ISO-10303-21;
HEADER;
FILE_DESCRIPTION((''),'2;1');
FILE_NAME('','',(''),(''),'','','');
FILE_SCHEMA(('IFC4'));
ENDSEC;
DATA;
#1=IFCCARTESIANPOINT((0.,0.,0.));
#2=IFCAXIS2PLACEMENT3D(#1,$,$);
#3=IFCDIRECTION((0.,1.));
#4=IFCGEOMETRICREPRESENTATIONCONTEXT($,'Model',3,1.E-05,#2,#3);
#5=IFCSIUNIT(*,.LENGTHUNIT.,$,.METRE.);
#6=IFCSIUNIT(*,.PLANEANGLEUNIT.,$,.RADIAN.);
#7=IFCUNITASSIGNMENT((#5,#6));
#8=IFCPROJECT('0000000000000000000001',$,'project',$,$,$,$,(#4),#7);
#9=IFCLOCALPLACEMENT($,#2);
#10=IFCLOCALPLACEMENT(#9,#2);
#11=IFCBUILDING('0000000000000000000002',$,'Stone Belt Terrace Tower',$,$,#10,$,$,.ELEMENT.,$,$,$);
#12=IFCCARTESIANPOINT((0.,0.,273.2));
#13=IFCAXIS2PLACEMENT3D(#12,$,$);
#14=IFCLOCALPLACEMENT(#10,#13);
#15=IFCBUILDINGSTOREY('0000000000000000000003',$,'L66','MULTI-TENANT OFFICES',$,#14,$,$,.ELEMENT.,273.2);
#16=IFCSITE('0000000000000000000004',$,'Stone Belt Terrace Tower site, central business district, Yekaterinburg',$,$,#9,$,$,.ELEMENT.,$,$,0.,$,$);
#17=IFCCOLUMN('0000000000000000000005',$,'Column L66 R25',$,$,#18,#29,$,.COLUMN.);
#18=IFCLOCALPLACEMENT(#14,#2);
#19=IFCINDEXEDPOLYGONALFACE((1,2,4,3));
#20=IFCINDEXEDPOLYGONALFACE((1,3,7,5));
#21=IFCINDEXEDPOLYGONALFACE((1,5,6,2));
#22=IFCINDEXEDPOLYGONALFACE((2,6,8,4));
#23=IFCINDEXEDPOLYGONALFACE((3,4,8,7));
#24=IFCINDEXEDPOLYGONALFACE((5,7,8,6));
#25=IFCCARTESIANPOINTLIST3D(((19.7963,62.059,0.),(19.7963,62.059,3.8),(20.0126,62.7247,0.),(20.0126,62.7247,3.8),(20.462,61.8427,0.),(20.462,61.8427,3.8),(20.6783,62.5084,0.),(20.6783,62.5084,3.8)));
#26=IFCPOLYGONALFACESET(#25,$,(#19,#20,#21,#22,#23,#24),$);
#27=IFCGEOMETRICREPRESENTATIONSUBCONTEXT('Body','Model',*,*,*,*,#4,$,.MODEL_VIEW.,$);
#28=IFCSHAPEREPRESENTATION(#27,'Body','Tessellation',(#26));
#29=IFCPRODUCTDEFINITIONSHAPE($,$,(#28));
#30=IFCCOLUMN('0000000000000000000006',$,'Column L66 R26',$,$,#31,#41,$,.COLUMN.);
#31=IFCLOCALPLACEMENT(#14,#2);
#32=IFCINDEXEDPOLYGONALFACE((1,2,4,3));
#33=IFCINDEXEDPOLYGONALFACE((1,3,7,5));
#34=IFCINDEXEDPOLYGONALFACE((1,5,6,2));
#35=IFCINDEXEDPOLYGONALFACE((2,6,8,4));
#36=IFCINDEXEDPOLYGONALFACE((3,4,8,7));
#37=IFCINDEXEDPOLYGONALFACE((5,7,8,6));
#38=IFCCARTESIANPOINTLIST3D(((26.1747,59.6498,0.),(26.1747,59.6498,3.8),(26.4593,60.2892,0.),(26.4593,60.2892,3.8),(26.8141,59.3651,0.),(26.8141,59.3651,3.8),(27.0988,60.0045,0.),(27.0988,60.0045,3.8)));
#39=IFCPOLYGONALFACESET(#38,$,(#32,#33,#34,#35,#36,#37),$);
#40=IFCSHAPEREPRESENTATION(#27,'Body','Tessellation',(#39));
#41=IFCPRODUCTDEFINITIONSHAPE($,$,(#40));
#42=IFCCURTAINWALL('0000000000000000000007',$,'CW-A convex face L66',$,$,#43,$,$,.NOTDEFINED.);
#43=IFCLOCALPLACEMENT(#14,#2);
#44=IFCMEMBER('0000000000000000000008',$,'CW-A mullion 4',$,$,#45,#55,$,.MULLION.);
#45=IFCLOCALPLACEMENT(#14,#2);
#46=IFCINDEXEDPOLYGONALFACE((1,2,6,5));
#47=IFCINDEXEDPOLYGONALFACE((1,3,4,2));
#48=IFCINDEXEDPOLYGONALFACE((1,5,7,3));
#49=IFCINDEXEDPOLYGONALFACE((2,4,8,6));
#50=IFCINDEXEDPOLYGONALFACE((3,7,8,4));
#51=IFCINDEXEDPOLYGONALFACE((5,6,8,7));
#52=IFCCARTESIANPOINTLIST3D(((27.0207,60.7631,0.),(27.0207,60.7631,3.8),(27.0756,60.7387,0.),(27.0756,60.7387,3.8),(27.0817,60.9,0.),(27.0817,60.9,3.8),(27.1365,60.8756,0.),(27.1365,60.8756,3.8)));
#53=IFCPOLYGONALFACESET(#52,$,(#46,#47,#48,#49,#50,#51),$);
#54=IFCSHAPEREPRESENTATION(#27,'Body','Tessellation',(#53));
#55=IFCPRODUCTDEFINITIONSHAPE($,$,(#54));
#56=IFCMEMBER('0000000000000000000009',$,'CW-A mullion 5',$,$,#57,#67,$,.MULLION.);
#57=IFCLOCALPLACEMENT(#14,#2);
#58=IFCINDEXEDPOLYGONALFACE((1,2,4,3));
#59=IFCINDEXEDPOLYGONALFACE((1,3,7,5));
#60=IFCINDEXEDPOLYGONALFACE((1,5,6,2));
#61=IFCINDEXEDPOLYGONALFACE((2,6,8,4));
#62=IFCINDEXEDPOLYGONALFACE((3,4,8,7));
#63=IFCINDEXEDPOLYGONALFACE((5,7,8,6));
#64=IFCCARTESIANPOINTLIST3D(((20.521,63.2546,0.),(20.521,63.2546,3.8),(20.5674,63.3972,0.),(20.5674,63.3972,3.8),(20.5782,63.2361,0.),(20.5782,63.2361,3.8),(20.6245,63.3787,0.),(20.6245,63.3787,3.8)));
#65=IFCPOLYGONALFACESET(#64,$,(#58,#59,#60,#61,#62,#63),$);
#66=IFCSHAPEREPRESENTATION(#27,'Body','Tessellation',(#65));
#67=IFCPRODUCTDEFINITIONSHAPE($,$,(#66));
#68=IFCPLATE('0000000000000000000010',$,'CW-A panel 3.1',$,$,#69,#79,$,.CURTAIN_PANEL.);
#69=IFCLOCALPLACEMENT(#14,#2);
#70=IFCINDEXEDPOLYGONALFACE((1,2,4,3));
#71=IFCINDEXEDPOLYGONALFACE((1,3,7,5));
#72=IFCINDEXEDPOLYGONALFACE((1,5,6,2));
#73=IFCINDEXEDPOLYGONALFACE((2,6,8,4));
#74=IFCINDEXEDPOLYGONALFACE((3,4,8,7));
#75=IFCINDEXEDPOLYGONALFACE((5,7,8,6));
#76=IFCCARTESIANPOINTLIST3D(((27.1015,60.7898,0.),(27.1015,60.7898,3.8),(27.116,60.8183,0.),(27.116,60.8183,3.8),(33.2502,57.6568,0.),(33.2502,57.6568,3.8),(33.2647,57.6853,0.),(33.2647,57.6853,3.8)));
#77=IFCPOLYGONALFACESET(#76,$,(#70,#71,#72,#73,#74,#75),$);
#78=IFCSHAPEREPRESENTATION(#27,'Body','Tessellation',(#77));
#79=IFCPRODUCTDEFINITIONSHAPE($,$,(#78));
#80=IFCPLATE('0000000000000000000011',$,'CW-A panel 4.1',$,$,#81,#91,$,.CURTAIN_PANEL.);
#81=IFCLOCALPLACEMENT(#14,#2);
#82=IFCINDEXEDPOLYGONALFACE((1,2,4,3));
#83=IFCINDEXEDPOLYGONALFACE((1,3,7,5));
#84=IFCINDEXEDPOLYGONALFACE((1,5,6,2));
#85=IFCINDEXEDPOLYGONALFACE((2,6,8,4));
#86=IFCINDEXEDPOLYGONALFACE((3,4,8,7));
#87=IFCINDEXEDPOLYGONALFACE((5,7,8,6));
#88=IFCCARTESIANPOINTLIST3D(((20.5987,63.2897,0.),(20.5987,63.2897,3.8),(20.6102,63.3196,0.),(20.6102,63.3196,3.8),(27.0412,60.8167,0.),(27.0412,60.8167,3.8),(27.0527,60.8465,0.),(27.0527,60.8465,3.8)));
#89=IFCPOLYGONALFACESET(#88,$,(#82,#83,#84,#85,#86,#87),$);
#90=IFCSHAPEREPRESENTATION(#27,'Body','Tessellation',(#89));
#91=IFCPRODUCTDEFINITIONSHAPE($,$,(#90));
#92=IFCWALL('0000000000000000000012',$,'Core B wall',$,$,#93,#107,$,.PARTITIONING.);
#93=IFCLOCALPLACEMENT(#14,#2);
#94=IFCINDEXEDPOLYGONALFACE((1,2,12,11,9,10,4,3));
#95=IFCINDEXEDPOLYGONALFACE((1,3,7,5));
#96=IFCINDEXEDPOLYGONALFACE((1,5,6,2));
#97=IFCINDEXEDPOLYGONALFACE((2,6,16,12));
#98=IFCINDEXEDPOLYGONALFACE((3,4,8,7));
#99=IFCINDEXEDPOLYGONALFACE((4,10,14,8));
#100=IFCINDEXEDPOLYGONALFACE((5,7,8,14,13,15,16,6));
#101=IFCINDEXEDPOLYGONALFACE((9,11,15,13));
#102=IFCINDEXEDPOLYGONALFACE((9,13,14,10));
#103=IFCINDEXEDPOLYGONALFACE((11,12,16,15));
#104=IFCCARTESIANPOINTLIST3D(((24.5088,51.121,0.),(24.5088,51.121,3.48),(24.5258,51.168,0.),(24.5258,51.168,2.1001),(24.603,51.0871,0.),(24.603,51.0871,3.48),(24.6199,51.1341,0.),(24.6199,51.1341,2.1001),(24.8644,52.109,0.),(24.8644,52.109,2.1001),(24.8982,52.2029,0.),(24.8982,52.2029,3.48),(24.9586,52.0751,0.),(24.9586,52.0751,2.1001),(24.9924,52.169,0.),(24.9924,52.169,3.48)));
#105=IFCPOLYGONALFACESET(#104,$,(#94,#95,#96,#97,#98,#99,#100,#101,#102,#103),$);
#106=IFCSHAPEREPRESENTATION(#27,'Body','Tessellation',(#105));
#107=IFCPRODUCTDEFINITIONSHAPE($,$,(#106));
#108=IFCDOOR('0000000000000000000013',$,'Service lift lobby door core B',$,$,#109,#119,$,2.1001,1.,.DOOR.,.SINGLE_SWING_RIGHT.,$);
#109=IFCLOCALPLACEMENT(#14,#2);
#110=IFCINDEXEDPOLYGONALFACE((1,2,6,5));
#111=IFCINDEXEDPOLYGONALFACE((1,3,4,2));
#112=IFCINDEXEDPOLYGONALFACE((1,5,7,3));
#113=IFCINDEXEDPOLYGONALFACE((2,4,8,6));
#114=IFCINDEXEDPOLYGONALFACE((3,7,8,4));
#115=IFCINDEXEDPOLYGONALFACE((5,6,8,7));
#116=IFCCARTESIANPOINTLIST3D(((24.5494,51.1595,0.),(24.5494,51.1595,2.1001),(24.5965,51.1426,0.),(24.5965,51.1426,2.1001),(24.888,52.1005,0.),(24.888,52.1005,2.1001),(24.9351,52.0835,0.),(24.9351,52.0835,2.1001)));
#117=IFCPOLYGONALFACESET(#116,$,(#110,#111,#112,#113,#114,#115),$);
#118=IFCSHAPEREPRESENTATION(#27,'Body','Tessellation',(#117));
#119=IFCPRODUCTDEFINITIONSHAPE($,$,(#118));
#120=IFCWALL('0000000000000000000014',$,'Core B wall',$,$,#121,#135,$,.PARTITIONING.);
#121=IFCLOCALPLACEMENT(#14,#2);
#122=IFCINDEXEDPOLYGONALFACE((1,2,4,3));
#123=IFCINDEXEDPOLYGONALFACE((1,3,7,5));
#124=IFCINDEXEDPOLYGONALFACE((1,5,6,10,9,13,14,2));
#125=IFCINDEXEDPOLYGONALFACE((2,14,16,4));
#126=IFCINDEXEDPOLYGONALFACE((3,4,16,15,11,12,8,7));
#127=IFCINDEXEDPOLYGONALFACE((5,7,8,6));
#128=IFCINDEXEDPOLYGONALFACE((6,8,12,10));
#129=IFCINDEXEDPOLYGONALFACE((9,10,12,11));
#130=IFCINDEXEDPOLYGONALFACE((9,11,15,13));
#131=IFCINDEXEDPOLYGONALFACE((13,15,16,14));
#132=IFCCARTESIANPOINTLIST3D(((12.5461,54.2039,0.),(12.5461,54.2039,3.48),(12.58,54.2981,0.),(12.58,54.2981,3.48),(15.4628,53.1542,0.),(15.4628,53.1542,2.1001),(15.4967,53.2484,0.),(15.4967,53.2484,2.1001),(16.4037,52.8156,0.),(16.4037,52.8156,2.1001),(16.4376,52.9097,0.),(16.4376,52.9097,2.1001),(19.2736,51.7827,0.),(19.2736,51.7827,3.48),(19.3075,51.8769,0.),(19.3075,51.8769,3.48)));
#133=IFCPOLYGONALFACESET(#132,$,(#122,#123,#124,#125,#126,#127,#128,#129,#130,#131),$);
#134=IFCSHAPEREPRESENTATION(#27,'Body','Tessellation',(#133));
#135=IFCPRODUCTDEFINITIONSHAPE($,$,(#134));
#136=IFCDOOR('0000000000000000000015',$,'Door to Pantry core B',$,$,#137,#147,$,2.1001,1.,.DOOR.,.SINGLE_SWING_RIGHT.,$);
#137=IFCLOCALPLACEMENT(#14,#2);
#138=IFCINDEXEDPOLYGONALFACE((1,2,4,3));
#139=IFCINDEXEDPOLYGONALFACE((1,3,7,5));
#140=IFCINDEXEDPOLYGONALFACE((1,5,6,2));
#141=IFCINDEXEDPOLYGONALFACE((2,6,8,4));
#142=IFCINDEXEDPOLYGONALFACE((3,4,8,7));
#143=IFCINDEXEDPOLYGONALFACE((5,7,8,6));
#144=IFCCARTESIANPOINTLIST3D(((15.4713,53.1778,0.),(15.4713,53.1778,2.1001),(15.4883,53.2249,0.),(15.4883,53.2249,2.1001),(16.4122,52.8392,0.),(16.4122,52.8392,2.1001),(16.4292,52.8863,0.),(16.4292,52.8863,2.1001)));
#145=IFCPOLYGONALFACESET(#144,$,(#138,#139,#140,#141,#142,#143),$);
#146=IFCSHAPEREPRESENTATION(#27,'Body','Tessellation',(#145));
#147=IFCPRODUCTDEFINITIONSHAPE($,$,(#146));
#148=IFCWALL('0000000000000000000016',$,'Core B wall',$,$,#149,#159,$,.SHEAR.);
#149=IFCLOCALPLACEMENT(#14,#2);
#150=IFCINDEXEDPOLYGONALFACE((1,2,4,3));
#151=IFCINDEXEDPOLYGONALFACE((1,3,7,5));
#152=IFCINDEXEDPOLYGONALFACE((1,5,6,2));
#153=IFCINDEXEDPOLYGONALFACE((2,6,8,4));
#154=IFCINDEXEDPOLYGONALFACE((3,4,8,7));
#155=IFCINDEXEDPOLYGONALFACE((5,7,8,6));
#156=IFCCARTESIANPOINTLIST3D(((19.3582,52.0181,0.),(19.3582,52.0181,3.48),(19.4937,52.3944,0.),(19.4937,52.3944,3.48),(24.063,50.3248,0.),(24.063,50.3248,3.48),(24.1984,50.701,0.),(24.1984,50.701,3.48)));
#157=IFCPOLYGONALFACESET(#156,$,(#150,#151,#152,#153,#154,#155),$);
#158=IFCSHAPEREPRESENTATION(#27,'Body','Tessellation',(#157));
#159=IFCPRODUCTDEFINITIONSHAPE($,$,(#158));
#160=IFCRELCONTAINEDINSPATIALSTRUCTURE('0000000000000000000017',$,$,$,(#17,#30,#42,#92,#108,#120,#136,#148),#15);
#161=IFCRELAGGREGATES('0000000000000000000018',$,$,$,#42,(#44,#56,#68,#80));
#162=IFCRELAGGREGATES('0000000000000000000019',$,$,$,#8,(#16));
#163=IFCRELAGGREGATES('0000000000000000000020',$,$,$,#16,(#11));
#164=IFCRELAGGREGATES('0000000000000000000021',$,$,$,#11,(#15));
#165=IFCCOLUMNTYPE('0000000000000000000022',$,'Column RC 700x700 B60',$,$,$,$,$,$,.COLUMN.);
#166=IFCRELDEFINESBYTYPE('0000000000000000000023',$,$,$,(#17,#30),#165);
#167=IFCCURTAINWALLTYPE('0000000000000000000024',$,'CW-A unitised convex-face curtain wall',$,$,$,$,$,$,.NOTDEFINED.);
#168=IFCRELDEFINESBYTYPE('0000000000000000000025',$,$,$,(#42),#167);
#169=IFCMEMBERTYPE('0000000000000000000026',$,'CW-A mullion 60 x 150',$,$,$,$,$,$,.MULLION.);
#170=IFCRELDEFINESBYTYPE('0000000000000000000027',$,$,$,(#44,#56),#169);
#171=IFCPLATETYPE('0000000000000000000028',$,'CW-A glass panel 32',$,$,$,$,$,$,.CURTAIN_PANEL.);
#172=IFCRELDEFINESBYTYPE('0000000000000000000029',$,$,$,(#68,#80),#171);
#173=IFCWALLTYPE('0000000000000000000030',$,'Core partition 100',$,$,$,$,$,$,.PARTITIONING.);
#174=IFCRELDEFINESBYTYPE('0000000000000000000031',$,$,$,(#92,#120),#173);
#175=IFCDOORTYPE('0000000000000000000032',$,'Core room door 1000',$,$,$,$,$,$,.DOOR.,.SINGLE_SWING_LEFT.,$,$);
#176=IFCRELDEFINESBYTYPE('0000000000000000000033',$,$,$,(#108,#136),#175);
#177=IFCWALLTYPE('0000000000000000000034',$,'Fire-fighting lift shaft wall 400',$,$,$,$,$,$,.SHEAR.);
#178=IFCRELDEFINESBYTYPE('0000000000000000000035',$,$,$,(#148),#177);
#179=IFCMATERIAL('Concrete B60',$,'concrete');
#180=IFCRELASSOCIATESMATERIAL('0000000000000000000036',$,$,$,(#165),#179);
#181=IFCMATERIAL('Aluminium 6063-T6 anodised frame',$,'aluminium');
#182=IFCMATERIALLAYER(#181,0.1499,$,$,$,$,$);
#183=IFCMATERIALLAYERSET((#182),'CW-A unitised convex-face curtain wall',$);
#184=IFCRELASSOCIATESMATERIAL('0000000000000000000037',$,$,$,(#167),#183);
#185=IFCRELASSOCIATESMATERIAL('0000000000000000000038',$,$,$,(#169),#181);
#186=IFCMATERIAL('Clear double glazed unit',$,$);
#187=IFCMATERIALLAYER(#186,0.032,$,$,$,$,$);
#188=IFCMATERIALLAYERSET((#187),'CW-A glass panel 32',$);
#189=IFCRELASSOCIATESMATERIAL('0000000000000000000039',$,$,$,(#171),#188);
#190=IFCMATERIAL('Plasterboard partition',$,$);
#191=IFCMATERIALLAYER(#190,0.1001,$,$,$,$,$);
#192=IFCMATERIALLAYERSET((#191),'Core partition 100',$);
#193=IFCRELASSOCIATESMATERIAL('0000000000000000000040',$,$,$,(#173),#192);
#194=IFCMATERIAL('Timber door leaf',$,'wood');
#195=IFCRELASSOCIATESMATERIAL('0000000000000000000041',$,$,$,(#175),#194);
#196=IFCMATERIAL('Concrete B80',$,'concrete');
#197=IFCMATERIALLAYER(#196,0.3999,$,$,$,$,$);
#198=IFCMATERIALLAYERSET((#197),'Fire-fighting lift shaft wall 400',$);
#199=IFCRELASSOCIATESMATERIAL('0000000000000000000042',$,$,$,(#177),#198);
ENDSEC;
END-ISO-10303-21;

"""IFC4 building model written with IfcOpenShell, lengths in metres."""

from ifc_helpers import new_model, si_unit, direction, frame, frame_2d, origin, origin_2d, place, context, subcontext, project, spatial, rectangle, extrude, material, layer, layer_set, material_profile, profile_set, type_object, element, fill, aggregate, save


model = new_model("IFC4")

# Units and contexts
model_context = context("Model", 3, precision=1e-05, world=origin(), true_north=direction((0.0, 1.0)))
body_context = subcontext(model_context, "Body", "Model", "MODEL_VIEW")
ifc_project = project(units=[si_unit("LENGTHUNIT", "METRE"), si_unit("PLANEANGLEUNIT", "RADIAN")], contexts=[model_context])

# Site, building, storey
site_placement = place(None, origin())
site = spatial("IfcSite", under=ifc_project, at=site_placement, Name="Stone Belt Terrace Tower site, central business district, Yekaterinburg", CompositionType="ELEMENT", RefElevation=0.0)
building_placement = place(site_placement, origin())
building = spatial("IfcBuilding", under=site, at=building_placement, Name="Stone Belt Terrace Tower", CompositionType="ELEMENT")
storey_placement = place(building_placement, frame((0.0, 0.0, 273.2)))
storey = spatial("IfcBuildingStorey", under=building, at=storey_placement, Name="L66", Description="MULTI-TENANT OFFICES", CompositionType="ELEMENT", Elevation=273.2)

# Columns
ifc_material_1 = material(Name="Concrete B60", Category="concrete")
ifc_material_profile_1 = material_profile(ifc_material_1, rectangle(XDim=0.7, YDim=0.7, at=origin_2d()), Name="RC 700x700")
ifc_profile_set_1 = profile_set([ifc_material_profile_1], Name="Concrete B60")
column_type = type_object("IfcColumnType", Name="Column RC 700x700 B60", PredefinedType="COLUMN", material=ifc_profile_set_1)
for number, where, z_axis, x_axis, name in (
    (1, (20.2373, 62.2837, 0.0), (0.0, 0.0, 1.0), (0.951057, -0.309017, 0.0), "Column L66 R25"),
    (2, (26.6367, 59.8271, 0.0), (0.0, 0.0, 1.0), (0.913545, -0.406737, 0.0), "Column L66 R26"),
):
    element("IfcColumn", number, at=place(storey_placement, frame(where, z_axis=z_axis, x_axis=x_axis)), inside=storey, type_object=column_type, Name=name, PredefinedType="COLUMN", context=body_context, shape_type="SweptSolid", body=[
        extrude(rectangle(XDim=0.7, YDim=0.7, at=origin_2d()), origin(), (0.0, 0.0, 1.0), 3.8),
    ])

# Curtain wall, members, plates
ifc_material_2 = material(Name="Aluminium 6063-T6 anodised frame", Category="aluminium")
ifc_layer_1 = layer(ifc_material_2, 0.1499)
ifc_layer_set_1 = layer_set([ifc_layer_1], Name="CW-A unitised convex-face curtain wall")
curtain_wall_type = type_object("IfcCurtainWallType", Name="CW-A unitised convex-face curtain wall", PredefinedType="NOTDEFINED", material=ifc_layer_set_1)
curtain_wall_placement = place(storey_placement, origin())
curtain_wall = element("IfcCurtainWall", 3, at=curtain_wall_placement, inside=storey, type_object=curtain_wall_type, Name="CW-A convex face L66", PredefinedType="NOTDEFINED")
ifc_material_profile_2 = material_profile(ifc_material_2, rectangle(XDim=0.1499, YDim=0.0601, at=origin_2d()), Name="Aluminium 6063-T6 60x150")
ifc_profile_set_2 = profile_set([ifc_material_profile_2], Name="Aluminium 6063-T6 anodised frame")
member_type = type_object("IfcMemberType", Name="CW-A mullion 60 x 150", PredefinedType="MULLION", material=ifc_profile_set_2)
member_1_placement = place(storey_placement, frame((27.0786, 60.8193, 0.0), z_axis=(0.0, 0.0, 1.0), x_axis=(-0.406737, -0.913545, 0.0)))
member_1 = element("IfcMember", 4, at=member_1_placement, type_object=member_type, Name="CW-A mullion 4", PredefinedType="MULLION", context=body_context, shape_type="SweptSolid", body=[
    extrude(rectangle(XDim=0.1499, YDim=0.0601, at=origin_2d()), origin(), (0.0, 0.0, 1.0), 3.8),
])
member_2_placement = place(storey_placement, frame((20.5728, 63.3167, 0.0), z_axis=(0.0, 0.0, 1.0), x_axis=(-0.309017, -0.951057, 0.0)))
member_2 = element("IfcMember", 5, at=member_2_placement, type_object=member_type, Name="CW-A mullion 5", PredefinedType="MULLION", context=body_context, shape_type="SweptSolid", body=[
    extrude(rectangle(XDim=0.1499, YDim=0.0601, at=origin_2d()), origin(), (0.0, 0.0, 1.0), 3.8),
])
ifc_material_3 = material(Name="Clear double glazed unit")
ifc_layer_2 = layer(ifc_material_3, 0.032)
ifc_layer_set_2 = layer_set([ifc_layer_2], Name="CW-A glass panel 32")
plate_type = type_object("IfcPlateType", Name="CW-A glass panel 32", PredefinedType="CURTAIN_PANEL", material=ifc_layer_set_2)
plate_1_placement = place(storey_placement, frame((30.1831, 59.2375, 0.0), z_axis=(0.0, 0.0, 1.0), x_axis=(-0.891007, 0.45399, 0.0)))
plate_1 = element("IfcPlate", 6, at=plate_1_placement, type_object=plate_type, Name="CW-A panel 3.1", PredefinedType="CURTAIN_PANEL", context=body_context, shape_type="SweptSolid", body=[
    extrude(rectangle(XDim=6.9009, YDim=0.032, at=origin_2d()), origin(), (0.0, 0.0, 1.0), 3.8),
])
plate_2_placement = place(storey_placement, frame((23.8257, 62.0681, 0.0), z_axis=(0.0, 0.0, 1.0), x_axis=(-0.93358, 0.358368, 0.0)))
plate_2 = element("IfcPlate", 7, at=plate_2_placement, type_object=plate_type, Name="CW-A panel 4.1", PredefinedType="CURTAIN_PANEL", context=body_context, shape_type="SweptSolid", body=[
    extrude(rectangle(XDim=6.9009, YDim=0.032, at=origin_2d()), origin(), (0.0, 0.0, 1.0), 3.8),
])
aggregate(curtain_wall, [member_1, member_2, plate_1, plate_2])

# Walls, openings, doors
ifc_material_4 = material(Name="Plasterboard partition")
ifc_layer_3 = layer(ifc_material_4, 0.1001)
ifc_layer_set_3 = layer_set([ifc_layer_3], Name="Core partition 100")
wall_type_1 = type_object("IfcWallType", Name="Core partition 100", PredefinedType="PARTITIONING", material=ifc_layer_set_3)
wall_1_placement = place(storey_placement, frame((24.5559, 51.104, 0.0), z_axis=(0.0, 0.0, 1.0), x_axis=(0.338622, 0.940923, 0.0)))
wall_1 = element("IfcWall", 8, at=wall_1_placement, inside=storey, type_object=wall_type_1, Name="Core B wall", PredefinedType="PARTITIONING", context=body_context, shape_type="SweptSolid", body=[
    extrude(rectangle(XDim=1.1499, YDim=0.1001, at=frame_2d((0.575, 0.0))), origin(), (0.0, 0.0, 1.0), 3.48),
])
opening_1_placement = place(wall_1_placement, frame((0.05, 0.0, 0.0)))
opening_1 = element("IfcOpeningElement", 9, at=opening_1_placement, cuts=wall_1, PredefinedType="OPENING", context=body_context, shape_type="SweptSolid", body=[
    extrude(rectangle(XDim=1.0, YDim=2.1001, at=frame_2d((0.5, 1.05))), frame((0.0, 0.0601, 0.0), z_axis=(0.0, -1.0, 0.0), x_axis=(1.0, 0.0, 0.0)), (0.0, 0.0, 1.0), 0.1201),
])
ifc_material_5 = material(Name="Timber door leaf", Category="wood")
door_type_1 = type_object("IfcDoorType", Name="Core room door 1000", OperationType="SINGLE_SWING_LEFT", PredefinedType="DOOR", material=ifc_material_5)
door_1_placement = place(opening_1_placement, origin())
door_1 = element("IfcDoor", 10, at=door_1_placement, inside=storey, type_object=door_type_1, Name="Service lift lobby door core B", OperationType="SINGLE_SWING_RIGHT", OverallHeight=2.1001, OverallWidth=1.0, PredefinedType="DOOR", context=body_context, shape_type="SweptSolid", body=[
    extrude(rectangle(XDim=1.0, YDim=2.1001, at=frame_2d((0.5, 1.05))), frame((0.0, 0.0249, 0.0), z_axis=(0.0, -1.0, 0.0), x_axis=(1.0, 0.0, 0.0)), (0.0, 0.0, 1.0), 0.05),
])
fill(opening_1, door_1)
wall_2_placement = place(storey_placement, frame((19.2905, 51.8298, 0.0), z_axis=(0.0, 0.0, 1.0), x_axis=(-0.940922, 0.338624, 0.0)))
wall_2 = element("IfcWall", 11, at=wall_2_placement, inside=storey, type_object=wall_type_1, Name="Core B wall", PredefinedType="PARTITIONING", context=body_context, shape_type="SweptSolid", body=[
    extrude(rectangle(XDim=7.1499, YDim=0.1001, at=frame_2d((3.575, 0.0))), origin(), (0.0, 0.0, 1.0), 3.48),
])
opening_2_placement = place(wall_2_placement, frame((3.05, 0.0, 0.0)))
opening_2 = element("IfcOpeningElement", 12, at=opening_2_placement, cuts=wall_2, PredefinedType="OPENING", context=body_context, shape_type="SweptSolid", body=[
    extrude(rectangle(XDim=1.0, YDim=2.1001, at=frame_2d((0.5, 1.05))), frame((0.0, 0.0601, 0.0), z_axis=(0.0, -1.0, 0.0), x_axis=(1.0, 0.0, 0.0)), (0.0, 0.0, 1.0), 0.1201),
])
door_2_placement = place(opening_2_placement, origin())
door_2 = element("IfcDoor", 13, at=door_2_placement, inside=storey, type_object=door_type_1, Name="Door to Pantry core B", OperationType="SINGLE_SWING_RIGHT", OverallHeight=2.1001, OverallWidth=1.0, PredefinedType="DOOR", context=body_context, shape_type="SweptSolid", body=[
    extrude(rectangle(XDim=1.0, YDim=2.1001, at=frame_2d((0.5, 1.05))), frame((0.0, 0.0249, 0.0), z_axis=(0.0, -1.0, 0.0), x_axis=(1.0, 0.0, 0.0)), (0.0, 0.0, 1.0), 0.05),
])
fill(opening_2, door_2)

# Wall
ifc_material_6 = material(Name="Concrete B80", Category="concrete")
ifc_layer_4 = layer(ifc_material_6, 0.3999)
ifc_layer_set_4 = layer_set([ifc_layer_4], Name="Fire-fighting lift shaft wall 400")
wall_type_2 = type_object("IfcWallType", Name="Fire-fighting lift shaft wall 400", PredefinedType="SHEAR", material=ifc_layer_set_4)
wall_3_placement = place(storey_placement, frame((24.1306, 50.5129, 0.0), z_axis=(0.0, 0.0, 1.0), x_axis=(-0.940912, 0.338652, 0.0)))
element("IfcWall", 14, at=wall_3_placement, inside=storey, type_object=wall_type_2, Name="Core B wall", PredefinedType="SHEAR", context=body_context, shape_type="SweptSolid", body=[
    extrude(rectangle(XDim=5.0002, YDim=0.3999, at=frame_2d((2.5, 0.0))), origin(), (0.0, 0.0, 1.0), 3.48),
])

save(model, "model.ifc")
